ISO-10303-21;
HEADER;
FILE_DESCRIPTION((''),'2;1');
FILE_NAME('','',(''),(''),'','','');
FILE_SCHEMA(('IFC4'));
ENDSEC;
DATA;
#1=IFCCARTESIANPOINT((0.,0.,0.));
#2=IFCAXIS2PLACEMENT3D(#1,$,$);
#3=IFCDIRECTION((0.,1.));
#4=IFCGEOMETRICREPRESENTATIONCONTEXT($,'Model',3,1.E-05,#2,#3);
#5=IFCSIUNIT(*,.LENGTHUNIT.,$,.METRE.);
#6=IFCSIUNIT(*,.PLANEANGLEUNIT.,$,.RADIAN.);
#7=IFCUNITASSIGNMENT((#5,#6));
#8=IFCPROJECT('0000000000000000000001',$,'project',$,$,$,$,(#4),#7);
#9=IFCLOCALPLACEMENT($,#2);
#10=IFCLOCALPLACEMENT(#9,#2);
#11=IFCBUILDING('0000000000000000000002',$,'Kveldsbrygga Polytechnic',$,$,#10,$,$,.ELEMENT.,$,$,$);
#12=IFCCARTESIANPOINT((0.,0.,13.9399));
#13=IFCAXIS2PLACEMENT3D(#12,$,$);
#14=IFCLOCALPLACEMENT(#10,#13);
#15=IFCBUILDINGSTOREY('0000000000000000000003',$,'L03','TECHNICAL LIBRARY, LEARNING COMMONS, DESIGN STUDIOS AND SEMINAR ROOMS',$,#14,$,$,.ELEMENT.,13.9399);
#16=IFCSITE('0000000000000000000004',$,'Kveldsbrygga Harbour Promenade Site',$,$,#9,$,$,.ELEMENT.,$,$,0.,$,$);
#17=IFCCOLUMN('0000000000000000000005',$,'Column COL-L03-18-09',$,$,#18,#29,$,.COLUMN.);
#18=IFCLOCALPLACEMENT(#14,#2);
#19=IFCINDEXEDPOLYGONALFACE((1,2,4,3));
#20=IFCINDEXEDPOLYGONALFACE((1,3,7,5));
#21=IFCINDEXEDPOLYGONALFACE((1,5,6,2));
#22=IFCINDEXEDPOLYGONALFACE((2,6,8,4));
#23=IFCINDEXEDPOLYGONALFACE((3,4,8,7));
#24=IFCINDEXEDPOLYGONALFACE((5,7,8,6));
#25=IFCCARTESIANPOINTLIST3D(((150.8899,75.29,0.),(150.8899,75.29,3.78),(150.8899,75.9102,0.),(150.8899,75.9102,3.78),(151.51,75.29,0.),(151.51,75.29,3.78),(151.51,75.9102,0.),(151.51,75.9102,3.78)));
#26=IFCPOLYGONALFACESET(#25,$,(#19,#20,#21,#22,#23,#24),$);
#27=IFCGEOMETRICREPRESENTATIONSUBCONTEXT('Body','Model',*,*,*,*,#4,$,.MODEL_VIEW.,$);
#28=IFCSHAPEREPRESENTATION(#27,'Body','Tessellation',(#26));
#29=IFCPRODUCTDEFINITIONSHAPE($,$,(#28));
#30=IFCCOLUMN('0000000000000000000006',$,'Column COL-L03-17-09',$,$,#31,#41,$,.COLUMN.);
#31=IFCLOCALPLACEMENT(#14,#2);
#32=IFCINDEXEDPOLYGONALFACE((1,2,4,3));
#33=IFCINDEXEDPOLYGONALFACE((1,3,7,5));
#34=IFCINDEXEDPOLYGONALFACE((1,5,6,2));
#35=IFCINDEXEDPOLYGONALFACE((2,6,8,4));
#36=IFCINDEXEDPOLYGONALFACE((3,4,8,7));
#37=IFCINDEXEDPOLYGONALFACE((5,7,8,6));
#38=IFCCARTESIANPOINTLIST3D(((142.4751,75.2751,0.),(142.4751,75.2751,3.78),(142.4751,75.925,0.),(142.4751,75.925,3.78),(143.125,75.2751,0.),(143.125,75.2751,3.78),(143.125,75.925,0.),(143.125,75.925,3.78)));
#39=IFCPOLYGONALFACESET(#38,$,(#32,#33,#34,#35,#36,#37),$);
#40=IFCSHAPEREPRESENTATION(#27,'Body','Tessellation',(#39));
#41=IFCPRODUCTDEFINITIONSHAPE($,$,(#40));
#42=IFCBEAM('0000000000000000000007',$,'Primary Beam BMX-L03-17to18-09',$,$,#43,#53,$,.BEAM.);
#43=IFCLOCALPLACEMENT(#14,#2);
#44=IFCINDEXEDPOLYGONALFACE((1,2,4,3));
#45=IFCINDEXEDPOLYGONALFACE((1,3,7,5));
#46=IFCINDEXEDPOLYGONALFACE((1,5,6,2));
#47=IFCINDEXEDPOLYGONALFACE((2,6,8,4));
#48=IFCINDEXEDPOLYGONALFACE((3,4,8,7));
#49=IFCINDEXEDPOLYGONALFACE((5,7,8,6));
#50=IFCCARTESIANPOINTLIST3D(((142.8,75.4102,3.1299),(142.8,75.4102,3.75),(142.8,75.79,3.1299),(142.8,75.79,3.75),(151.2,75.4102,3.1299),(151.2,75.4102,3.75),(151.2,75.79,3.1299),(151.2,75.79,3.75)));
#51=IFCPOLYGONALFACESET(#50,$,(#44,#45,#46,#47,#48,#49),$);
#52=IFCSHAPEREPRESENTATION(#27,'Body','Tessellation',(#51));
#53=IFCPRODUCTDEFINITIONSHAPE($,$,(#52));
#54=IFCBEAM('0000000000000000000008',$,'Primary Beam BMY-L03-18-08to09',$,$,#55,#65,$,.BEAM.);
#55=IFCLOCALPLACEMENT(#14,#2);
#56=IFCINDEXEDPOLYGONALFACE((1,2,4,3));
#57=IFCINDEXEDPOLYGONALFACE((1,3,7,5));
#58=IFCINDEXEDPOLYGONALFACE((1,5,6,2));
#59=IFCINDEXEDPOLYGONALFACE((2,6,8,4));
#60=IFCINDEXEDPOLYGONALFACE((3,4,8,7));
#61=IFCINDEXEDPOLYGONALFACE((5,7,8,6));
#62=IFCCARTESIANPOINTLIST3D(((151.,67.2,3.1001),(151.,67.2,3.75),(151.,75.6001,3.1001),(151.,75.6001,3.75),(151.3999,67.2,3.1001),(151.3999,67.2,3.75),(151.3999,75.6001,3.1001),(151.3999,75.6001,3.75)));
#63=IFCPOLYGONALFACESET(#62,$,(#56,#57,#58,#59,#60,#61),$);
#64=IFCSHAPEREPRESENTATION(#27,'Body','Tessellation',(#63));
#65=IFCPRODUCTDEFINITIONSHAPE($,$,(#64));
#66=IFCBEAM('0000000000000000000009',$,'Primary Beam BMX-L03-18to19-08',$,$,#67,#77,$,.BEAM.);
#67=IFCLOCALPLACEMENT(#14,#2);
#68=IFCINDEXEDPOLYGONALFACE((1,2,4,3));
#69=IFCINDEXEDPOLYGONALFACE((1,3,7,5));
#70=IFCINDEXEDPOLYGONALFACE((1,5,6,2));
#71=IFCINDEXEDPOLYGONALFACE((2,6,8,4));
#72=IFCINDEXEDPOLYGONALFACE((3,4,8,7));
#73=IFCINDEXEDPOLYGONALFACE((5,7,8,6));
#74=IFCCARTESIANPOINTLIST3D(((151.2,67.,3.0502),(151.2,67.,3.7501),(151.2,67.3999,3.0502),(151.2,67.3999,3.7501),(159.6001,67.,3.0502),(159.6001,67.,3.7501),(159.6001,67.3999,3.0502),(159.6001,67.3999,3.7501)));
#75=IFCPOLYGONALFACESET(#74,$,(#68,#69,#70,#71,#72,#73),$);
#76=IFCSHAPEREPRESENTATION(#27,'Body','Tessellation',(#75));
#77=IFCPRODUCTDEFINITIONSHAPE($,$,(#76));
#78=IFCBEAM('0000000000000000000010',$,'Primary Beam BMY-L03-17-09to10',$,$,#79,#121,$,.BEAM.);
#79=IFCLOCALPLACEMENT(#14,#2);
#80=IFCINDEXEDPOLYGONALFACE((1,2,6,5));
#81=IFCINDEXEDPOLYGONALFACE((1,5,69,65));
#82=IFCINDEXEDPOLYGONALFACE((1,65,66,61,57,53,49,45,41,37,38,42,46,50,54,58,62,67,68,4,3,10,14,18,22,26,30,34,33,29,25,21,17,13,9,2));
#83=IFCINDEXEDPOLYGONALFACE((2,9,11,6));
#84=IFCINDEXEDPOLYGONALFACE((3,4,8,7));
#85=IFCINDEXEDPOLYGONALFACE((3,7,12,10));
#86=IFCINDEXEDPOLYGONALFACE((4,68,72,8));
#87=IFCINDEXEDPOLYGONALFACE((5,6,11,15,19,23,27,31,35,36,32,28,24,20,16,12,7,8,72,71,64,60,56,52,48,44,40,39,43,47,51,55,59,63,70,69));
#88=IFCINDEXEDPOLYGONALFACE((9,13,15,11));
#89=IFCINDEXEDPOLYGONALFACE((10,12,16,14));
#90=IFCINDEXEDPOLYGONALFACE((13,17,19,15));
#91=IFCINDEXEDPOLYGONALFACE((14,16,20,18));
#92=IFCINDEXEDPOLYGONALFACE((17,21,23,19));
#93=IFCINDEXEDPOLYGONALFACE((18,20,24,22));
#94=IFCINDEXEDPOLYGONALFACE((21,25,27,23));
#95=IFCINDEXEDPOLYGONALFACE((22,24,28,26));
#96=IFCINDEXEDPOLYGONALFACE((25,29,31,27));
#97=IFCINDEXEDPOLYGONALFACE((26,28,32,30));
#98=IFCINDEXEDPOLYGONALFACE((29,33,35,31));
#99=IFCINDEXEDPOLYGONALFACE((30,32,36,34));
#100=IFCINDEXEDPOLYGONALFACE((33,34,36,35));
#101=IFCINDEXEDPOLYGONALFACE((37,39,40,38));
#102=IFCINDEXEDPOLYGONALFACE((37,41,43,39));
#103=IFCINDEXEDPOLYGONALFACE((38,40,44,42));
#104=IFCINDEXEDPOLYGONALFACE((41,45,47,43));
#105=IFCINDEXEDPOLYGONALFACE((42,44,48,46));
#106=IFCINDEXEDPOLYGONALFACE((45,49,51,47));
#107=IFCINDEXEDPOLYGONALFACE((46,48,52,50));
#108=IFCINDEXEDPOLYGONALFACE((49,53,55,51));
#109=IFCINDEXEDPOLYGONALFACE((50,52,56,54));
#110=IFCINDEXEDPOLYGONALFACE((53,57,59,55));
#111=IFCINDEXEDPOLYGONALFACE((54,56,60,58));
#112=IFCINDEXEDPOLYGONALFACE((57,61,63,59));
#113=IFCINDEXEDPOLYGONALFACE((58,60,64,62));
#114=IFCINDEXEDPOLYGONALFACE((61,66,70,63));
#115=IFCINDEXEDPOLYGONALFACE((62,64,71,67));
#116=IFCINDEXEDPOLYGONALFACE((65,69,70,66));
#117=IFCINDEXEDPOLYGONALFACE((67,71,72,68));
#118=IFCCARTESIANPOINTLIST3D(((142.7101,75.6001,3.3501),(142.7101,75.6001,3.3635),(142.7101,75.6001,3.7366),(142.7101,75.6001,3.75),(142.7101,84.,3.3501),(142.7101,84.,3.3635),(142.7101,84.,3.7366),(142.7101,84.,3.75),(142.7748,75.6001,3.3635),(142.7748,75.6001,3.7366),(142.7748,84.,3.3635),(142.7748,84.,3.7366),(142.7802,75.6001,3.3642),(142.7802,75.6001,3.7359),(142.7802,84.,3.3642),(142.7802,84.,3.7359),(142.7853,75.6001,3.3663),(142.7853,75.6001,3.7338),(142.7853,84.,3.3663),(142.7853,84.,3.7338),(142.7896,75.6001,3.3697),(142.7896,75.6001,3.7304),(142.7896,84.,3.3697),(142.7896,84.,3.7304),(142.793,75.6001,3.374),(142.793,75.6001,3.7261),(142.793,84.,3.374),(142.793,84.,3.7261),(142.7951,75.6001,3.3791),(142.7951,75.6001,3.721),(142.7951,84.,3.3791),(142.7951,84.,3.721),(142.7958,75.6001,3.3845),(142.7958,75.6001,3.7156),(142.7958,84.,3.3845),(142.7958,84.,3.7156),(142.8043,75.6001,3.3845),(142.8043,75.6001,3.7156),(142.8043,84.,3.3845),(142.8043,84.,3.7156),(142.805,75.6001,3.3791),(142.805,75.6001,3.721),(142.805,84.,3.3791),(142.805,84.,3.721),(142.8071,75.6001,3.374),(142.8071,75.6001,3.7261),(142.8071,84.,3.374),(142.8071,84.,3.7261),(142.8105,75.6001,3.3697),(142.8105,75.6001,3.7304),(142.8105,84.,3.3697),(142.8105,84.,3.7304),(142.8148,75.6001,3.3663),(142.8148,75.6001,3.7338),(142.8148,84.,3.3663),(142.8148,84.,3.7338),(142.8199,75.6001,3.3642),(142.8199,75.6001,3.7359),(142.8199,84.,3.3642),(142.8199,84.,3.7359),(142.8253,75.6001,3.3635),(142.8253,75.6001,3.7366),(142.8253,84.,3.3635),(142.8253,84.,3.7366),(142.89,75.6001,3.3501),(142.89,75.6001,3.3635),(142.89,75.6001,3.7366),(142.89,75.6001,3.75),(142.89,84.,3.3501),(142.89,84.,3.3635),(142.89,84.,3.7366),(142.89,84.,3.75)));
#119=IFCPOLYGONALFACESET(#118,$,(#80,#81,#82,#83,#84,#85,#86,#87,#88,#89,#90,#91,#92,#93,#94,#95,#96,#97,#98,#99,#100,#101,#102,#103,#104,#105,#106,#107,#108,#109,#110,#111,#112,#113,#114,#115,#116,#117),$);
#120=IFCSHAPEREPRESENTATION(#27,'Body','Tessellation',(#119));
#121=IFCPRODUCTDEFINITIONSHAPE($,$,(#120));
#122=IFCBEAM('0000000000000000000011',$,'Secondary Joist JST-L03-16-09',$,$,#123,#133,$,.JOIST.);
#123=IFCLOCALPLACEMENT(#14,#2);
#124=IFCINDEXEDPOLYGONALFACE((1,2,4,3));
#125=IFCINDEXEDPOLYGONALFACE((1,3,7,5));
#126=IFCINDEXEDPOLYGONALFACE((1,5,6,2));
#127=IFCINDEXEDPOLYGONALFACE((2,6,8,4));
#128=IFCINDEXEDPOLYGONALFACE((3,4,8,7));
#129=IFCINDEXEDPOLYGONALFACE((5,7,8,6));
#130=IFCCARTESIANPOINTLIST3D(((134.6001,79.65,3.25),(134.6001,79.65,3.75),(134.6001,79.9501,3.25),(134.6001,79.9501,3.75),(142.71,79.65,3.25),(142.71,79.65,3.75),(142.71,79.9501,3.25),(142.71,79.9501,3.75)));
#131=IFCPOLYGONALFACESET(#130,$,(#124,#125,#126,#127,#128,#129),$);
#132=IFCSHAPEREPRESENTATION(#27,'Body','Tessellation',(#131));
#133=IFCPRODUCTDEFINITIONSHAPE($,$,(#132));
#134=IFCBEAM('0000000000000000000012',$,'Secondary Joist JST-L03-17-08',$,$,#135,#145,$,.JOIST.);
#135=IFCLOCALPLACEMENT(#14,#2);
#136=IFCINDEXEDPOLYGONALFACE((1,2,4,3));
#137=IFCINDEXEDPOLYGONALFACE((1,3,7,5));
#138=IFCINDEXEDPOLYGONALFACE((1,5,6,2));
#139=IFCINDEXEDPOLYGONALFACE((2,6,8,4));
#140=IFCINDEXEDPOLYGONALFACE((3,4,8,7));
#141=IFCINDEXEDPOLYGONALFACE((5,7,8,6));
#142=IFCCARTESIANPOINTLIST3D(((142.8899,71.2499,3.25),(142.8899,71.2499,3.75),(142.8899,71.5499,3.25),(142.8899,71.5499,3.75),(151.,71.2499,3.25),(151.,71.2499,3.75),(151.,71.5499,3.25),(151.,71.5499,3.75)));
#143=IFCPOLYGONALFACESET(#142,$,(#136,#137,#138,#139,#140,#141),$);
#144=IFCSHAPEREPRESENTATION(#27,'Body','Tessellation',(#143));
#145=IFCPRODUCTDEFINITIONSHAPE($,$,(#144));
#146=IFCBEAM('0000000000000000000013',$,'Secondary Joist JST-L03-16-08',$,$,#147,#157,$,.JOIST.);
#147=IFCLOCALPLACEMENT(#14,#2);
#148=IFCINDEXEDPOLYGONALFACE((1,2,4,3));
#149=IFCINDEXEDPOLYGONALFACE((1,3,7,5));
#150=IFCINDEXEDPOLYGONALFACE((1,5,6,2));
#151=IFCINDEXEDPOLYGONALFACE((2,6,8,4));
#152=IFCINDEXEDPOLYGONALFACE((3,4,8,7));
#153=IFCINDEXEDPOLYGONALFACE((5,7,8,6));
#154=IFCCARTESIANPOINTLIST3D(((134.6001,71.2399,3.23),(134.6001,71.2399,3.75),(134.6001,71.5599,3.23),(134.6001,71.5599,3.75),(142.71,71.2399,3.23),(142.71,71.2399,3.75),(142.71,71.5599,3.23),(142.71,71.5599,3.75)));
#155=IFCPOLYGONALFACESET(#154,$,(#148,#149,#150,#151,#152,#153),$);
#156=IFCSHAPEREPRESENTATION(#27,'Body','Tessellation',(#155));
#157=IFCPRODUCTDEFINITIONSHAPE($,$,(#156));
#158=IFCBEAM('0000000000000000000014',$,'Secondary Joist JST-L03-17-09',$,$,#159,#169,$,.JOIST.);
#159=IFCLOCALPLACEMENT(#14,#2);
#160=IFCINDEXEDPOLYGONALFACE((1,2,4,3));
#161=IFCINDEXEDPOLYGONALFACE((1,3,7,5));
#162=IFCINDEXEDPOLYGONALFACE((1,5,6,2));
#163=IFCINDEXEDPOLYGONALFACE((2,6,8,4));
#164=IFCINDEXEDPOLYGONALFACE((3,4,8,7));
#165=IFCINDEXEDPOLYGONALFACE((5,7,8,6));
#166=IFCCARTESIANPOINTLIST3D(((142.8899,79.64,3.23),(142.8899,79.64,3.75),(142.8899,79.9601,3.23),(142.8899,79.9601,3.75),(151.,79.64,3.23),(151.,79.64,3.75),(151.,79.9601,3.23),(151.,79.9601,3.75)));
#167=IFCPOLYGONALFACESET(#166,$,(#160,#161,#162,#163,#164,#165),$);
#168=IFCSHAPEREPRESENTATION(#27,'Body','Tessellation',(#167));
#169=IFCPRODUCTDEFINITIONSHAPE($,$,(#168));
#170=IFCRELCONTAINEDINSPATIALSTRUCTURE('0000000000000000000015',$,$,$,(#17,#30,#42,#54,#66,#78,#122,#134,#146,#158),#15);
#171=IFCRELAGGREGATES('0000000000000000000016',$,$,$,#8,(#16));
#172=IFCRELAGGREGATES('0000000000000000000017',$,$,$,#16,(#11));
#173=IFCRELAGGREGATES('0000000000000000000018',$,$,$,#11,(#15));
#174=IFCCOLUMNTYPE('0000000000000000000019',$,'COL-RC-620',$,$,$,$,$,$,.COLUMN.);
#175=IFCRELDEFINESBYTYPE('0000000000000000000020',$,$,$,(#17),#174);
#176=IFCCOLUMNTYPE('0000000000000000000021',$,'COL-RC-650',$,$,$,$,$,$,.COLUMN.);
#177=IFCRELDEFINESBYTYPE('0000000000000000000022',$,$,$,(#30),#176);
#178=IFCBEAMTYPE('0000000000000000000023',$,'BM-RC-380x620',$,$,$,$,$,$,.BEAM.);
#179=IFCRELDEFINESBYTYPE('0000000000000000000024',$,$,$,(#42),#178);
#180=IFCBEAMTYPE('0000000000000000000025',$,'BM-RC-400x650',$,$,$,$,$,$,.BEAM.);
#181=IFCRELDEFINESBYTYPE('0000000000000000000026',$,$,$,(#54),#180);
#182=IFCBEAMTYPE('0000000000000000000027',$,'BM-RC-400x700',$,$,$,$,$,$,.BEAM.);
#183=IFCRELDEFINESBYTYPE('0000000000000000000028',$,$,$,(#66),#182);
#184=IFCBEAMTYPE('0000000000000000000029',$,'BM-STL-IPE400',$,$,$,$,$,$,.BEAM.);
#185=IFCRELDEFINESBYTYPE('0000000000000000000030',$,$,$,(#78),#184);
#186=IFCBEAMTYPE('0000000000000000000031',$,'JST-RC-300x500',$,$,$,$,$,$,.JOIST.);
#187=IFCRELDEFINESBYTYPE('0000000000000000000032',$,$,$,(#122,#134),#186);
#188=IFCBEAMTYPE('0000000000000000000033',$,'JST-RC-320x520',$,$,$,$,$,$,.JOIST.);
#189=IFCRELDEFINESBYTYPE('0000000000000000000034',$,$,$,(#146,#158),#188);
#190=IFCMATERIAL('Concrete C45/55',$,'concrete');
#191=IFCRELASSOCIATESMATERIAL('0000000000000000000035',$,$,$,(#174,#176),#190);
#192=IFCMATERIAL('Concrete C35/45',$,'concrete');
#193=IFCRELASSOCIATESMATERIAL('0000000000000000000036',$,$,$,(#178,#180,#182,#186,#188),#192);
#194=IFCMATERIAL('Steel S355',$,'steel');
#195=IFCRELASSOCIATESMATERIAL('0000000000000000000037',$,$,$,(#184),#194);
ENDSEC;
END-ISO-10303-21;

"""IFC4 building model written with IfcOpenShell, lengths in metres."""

from ifc_helpers import new_model, si_unit, direction, frame, origin, origin_2d, place, context, subcontext, project, spatial, rectangle, i_section, extrude, material, material_profile, profile_set, type_object, element, save


model = new_model("IFC4")

# Units and contexts
model_context = context("Model", 3, precision=1e-05, world=origin(), true_north=direction((0.0, 1.0)))
body_context = subcontext(model_context, "Body", "Model", "MODEL_VIEW")
ifc_project = project(units=[si_unit("LENGTHUNIT", "METRE"), si_unit("PLANEANGLEUNIT", "RADIAN")], contexts=[model_context])

# Site, building, storey
site_placement = place(None, origin())
site = spatial("IfcSite", under=ifc_project, at=site_placement, Name="Kveldsbrygga Harbour Promenade Site", CompositionType="ELEMENT", RefElevation=0.0)
building_placement = place(site_placement, origin())
building = spatial("IfcBuilding", under=site, at=building_placement, Name="Kveldsbrygga Polytechnic", CompositionType="ELEMENT")
storey_placement = place(building_placement, frame((0.0, 0.0, 13.9399)))
storey = spatial("IfcBuildingStorey", under=building, at=storey_placement, Name="L03", Description="TECHNICAL LIBRARY, LEARNING COMMONS, DESIGN STUDIOS AND SEMINAR ROOMS", CompositionType="ELEMENT", Elevation=13.9399)

# Columns
ifc_material_1 = material(Name="Concrete C45/55", Category="concrete")
ifc_material_profile_1 = material_profile(ifc_material_1, rectangle(XDim=0.6201, YDim=0.6201, at=origin_2d()), Name="RC 620x620")
ifc_profile_set_1 = profile_set([ifc_material_profile_1], Name="Concrete C45/55")
column_type_1 = type_object("IfcColumnType", Name="COL-RC-620", PredefinedType="COLUMN", material=ifc_profile_set_1)
column_1_placement = place(storey_placement, frame((151.2, 75.6001, 0.0), z_axis=(0.0, 0.0, 1.0), x_axis=(1.0, 0.0, 0.0)))
element("IfcColumn", 1, at=column_1_placement, inside=storey, type_object=column_type_1, Name="Column COL-L03-18-09", PredefinedType="COLUMN", context=body_context, shape_type="SweptSolid", body=[
    extrude(rectangle(XDim=0.6201, YDim=0.6201, at=origin_2d()), origin(), (0.0, 0.0, 1.0), 3.78),
])
ifc_material_profile_2 = material_profile(ifc_material_1, rectangle(XDim=0.6499, YDim=0.6499, at=origin_2d()), Name="RC 650x650")
ifc_profile_set_2 = profile_set([ifc_material_profile_2], Name="Concrete C45/55")
column_type_2 = type_object("IfcColumnType", Name="COL-RC-650", PredefinedType="COLUMN", material=ifc_profile_set_2)
column_2_placement = place(storey_placement, frame((142.8, 75.6001, 0.0), z_axis=(0.0, 0.0, 1.0), x_axis=(1.0, 0.0, 0.0)))
element("IfcColumn", 2, at=column_2_placement, inside=storey, type_object=column_type_2, Name="Column COL-L03-17-09", PredefinedType="COLUMN", context=body_context, shape_type="SweptSolid", body=[
    extrude(rectangle(XDim=0.6499, YDim=0.6499, at=origin_2d()), origin(), (0.0, 0.0, 1.0), 3.78),
])

# Beams
ifc_material_2 = material(Name="Concrete C35/45", Category="concrete")
ifc_material_profile_3 = material_profile(ifc_material_2, rectangle(XDim=0.3799, YDim=0.6201, at=origin_2d()), Name="RC 380x620")
ifc_profile_set_3 = profile_set([ifc_material_profile_3], Name="Concrete C35/45")
beam_type_1 = type_object("IfcBeamType", Name="BM-RC-380x620", PredefinedType="BEAM", material=ifc_profile_set_3)
beam_1_placement = place(storey_placement, frame((142.8, 75.6001, 3.4399), z_axis=(1.0, 0.0, 0.0), x_axis=(0.0, 1.0, 0.0)))
element("IfcBeam", 3, at=beam_1_placement, inside=storey, type_object=beam_type_1, Name="Primary Beam BMX-L03-17to18-09", PredefinedType="BEAM", context=body_context, shape_type="SweptSolid", body=[
    extrude(rectangle(XDim=0.3799, YDim=0.6201, at=origin_2d()), origin(), (0.0, 0.0, 1.0), 8.3999),
])
ifc_material_profile_4 = material_profile(ifc_material_2, rectangle(XDim=0.3999, YDim=0.6499, at=origin_2d()), Name="RC 400x650")
ifc_profile_set_4 = profile_set([ifc_material_profile_4], Name="Concrete C35/45")
beam_type_2 = type_object("IfcBeamType", Name="BM-RC-400x650", PredefinedType="BEAM", material=ifc_profile_set_4)
beam_2_placement = place(storey_placement, frame((151.2, 67.2, 3.425), z_axis=(0.0, 1.0, 0.0), x_axis=(-1.0, 0.0, 0.0)))
element("IfcBeam", 4, at=beam_2_placement, inside=storey, type_object=beam_type_2, Name="Primary Beam BMY-L03-18-08to09", PredefinedType="BEAM", context=body_context, shape_type="SweptSolid", body=[
    extrude(rectangle(XDim=0.3999, YDim=0.6499, at=origin_2d()), origin(), (0.0, 0.0, 1.0), 8.4001),
])
ifc_material_profile_5 = material_profile(ifc_material_2, rectangle(XDim=0.3999, YDim=0.7, at=origin_2d()), Name="RC 400x700")
ifc_profile_set_5 = profile_set([ifc_material_profile_5], Name="Concrete C35/45")
beam_type_3 = type_object("IfcBeamType", Name="BM-RC-400x700", PredefinedType="BEAM", material=ifc_profile_set_5)
beam_3_placement = place(storey_placement, frame((151.2, 67.2, 3.4001), z_axis=(1.0, 0.0, 0.0), x_axis=(0.0, 1.0, 0.0)))
element("IfcBeam", 5, at=beam_3_placement, inside=storey, type_object=beam_type_3, Name="Primary Beam BMX-L03-18to19-08", PredefinedType="BEAM", context=body_context, shape_type="SweptSolid", body=[
    extrude(rectangle(XDim=0.3999, YDim=0.7, at=origin_2d()), origin(), (0.0, 0.0, 1.0), 8.4001),
])
ifc_material_3 = material(Name="Steel S355", Category="steel")
ifc_material_profile_6 = material_profile(ifc_material_3, i_section(OverallWidth=0.1799, OverallDepth=0.3999, WebThickness=0.0085, FlangeThickness=0.0134, FilletRadius=0.021, at=origin_2d()), Name="IPE 400")
ifc_profile_set_6 = profile_set([ifc_material_profile_6], Name="Steel S355")
beam_type_4 = type_object("IfcBeamType", Name="BM-STL-IPE400", PredefinedType="BEAM", material=ifc_profile_set_6)
beam_4_placement = place(storey_placement, frame((142.8, 75.6001, 3.55), z_axis=(0.0, 1.0, 0.0), x_axis=(-1.0, 0.0, 0.0)))
element("IfcBeam", 6, at=beam_4_placement, inside=storey, type_object=beam_type_4, Name="Primary Beam BMY-L03-17-09to10", PredefinedType="BEAM", context=body_context, shape_type="SweptSolid", body=[
    extrude(i_section(OverallWidth=0.1799, OverallDepth=0.3999, WebThickness=0.0085, FlangeThickness=0.0134, FilletRadius=0.021, at=origin_2d()), origin(), (0.0, 0.0, 1.0), 8.3999),
])
ifc_material_profile_7 = material_profile(ifc_material_2, rectangle(XDim=0.3, YDim=0.5, at=origin_2d()), Name="RC 300x500")
ifc_profile_set_7 = profile_set([ifc_material_profile_7], Name="Concrete C35/45")
beam_type_5 = type_object("IfcBeamType", Name="JST-RC-300x500", PredefinedType="JOIST", material=ifc_profile_set_7)
beam_5_placement = place(storey_placement, frame((134.6001, 79.8, 3.5), z_axis=(1.0, 0.0, 0.0), x_axis=(0.0, 1.0, 0.0)))
element("IfcBeam", 7, at=beam_5_placement, inside=storey, type_object=beam_type_5, Name="Secondary Joist JST-L03-16-09", PredefinedType="JOIST", context=body_context, shape_type="SweptSolid", body=[
    extrude(rectangle(XDim=0.3, YDim=0.5, at=origin_2d()), origin(), (0.0, 0.0, 1.0), 8.1099),
])
beam_6_placement = place(storey_placement, frame((142.8899, 71.3999, 3.5), z_axis=(1.0, 0.0, 0.0), x_axis=(0.0, 1.0, 0.0)))
element("IfcBeam", 8, at=beam_6_placement, inside=storey, type_object=beam_type_5, Name="Secondary Joist JST-L03-17-08", PredefinedType="JOIST", context=body_context, shape_type="SweptSolid", body=[
    extrude(rectangle(XDim=0.3, YDim=0.5, at=origin_2d()), origin(), (0.0, 0.0, 1.0), 8.1101),
])
ifc_material_profile_8 = material_profile(ifc_material_2, rectangle(XDim=0.3201, YDim=0.52, at=origin_2d()), Name="RC 320x520")
ifc_profile_set_8 = profile_set([ifc_material_profile_8], Name="Concrete C35/45")
beam_type_6 = type_object("IfcBeamType", Name="JST-RC-320x520", PredefinedType="JOIST", material=ifc_profile_set_8)
beam_7_placement = place(storey_placement, frame((134.6001, 71.3999, 3.49), z_axis=(1.0, 0.0, 0.0), x_axis=(0.0, 1.0, 0.0)))
element("IfcBeam", 9, at=beam_7_placement, inside=storey, type_object=beam_type_6, Name="Secondary Joist JST-L03-16-08", PredefinedType="JOIST", context=body_context, shape_type="SweptSolid", body=[
    extrude(rectangle(XDim=0.3201, YDim=0.52, at=origin_2d()), origin(), (0.0, 0.0, 1.0), 8.1099),
])
beam_8_placement = place(storey_placement, frame((142.8899, 79.8, 3.49), z_axis=(1.0, 0.0, 0.0), x_axis=(0.0, 1.0, 0.0)))
element("IfcBeam", 10, at=beam_8_placement, inside=storey, type_object=beam_type_6, Name="Secondary Joist JST-L03-17-09", PredefinedType="JOIST", context=body_context, shape_type="SweptSolid", body=[
    extrude(rectangle(XDim=0.3201, YDim=0.52, at=origin_2d()), origin(), (0.0, 0.0, 1.0), 8.1101),
])

save(model, "model.ifc")
